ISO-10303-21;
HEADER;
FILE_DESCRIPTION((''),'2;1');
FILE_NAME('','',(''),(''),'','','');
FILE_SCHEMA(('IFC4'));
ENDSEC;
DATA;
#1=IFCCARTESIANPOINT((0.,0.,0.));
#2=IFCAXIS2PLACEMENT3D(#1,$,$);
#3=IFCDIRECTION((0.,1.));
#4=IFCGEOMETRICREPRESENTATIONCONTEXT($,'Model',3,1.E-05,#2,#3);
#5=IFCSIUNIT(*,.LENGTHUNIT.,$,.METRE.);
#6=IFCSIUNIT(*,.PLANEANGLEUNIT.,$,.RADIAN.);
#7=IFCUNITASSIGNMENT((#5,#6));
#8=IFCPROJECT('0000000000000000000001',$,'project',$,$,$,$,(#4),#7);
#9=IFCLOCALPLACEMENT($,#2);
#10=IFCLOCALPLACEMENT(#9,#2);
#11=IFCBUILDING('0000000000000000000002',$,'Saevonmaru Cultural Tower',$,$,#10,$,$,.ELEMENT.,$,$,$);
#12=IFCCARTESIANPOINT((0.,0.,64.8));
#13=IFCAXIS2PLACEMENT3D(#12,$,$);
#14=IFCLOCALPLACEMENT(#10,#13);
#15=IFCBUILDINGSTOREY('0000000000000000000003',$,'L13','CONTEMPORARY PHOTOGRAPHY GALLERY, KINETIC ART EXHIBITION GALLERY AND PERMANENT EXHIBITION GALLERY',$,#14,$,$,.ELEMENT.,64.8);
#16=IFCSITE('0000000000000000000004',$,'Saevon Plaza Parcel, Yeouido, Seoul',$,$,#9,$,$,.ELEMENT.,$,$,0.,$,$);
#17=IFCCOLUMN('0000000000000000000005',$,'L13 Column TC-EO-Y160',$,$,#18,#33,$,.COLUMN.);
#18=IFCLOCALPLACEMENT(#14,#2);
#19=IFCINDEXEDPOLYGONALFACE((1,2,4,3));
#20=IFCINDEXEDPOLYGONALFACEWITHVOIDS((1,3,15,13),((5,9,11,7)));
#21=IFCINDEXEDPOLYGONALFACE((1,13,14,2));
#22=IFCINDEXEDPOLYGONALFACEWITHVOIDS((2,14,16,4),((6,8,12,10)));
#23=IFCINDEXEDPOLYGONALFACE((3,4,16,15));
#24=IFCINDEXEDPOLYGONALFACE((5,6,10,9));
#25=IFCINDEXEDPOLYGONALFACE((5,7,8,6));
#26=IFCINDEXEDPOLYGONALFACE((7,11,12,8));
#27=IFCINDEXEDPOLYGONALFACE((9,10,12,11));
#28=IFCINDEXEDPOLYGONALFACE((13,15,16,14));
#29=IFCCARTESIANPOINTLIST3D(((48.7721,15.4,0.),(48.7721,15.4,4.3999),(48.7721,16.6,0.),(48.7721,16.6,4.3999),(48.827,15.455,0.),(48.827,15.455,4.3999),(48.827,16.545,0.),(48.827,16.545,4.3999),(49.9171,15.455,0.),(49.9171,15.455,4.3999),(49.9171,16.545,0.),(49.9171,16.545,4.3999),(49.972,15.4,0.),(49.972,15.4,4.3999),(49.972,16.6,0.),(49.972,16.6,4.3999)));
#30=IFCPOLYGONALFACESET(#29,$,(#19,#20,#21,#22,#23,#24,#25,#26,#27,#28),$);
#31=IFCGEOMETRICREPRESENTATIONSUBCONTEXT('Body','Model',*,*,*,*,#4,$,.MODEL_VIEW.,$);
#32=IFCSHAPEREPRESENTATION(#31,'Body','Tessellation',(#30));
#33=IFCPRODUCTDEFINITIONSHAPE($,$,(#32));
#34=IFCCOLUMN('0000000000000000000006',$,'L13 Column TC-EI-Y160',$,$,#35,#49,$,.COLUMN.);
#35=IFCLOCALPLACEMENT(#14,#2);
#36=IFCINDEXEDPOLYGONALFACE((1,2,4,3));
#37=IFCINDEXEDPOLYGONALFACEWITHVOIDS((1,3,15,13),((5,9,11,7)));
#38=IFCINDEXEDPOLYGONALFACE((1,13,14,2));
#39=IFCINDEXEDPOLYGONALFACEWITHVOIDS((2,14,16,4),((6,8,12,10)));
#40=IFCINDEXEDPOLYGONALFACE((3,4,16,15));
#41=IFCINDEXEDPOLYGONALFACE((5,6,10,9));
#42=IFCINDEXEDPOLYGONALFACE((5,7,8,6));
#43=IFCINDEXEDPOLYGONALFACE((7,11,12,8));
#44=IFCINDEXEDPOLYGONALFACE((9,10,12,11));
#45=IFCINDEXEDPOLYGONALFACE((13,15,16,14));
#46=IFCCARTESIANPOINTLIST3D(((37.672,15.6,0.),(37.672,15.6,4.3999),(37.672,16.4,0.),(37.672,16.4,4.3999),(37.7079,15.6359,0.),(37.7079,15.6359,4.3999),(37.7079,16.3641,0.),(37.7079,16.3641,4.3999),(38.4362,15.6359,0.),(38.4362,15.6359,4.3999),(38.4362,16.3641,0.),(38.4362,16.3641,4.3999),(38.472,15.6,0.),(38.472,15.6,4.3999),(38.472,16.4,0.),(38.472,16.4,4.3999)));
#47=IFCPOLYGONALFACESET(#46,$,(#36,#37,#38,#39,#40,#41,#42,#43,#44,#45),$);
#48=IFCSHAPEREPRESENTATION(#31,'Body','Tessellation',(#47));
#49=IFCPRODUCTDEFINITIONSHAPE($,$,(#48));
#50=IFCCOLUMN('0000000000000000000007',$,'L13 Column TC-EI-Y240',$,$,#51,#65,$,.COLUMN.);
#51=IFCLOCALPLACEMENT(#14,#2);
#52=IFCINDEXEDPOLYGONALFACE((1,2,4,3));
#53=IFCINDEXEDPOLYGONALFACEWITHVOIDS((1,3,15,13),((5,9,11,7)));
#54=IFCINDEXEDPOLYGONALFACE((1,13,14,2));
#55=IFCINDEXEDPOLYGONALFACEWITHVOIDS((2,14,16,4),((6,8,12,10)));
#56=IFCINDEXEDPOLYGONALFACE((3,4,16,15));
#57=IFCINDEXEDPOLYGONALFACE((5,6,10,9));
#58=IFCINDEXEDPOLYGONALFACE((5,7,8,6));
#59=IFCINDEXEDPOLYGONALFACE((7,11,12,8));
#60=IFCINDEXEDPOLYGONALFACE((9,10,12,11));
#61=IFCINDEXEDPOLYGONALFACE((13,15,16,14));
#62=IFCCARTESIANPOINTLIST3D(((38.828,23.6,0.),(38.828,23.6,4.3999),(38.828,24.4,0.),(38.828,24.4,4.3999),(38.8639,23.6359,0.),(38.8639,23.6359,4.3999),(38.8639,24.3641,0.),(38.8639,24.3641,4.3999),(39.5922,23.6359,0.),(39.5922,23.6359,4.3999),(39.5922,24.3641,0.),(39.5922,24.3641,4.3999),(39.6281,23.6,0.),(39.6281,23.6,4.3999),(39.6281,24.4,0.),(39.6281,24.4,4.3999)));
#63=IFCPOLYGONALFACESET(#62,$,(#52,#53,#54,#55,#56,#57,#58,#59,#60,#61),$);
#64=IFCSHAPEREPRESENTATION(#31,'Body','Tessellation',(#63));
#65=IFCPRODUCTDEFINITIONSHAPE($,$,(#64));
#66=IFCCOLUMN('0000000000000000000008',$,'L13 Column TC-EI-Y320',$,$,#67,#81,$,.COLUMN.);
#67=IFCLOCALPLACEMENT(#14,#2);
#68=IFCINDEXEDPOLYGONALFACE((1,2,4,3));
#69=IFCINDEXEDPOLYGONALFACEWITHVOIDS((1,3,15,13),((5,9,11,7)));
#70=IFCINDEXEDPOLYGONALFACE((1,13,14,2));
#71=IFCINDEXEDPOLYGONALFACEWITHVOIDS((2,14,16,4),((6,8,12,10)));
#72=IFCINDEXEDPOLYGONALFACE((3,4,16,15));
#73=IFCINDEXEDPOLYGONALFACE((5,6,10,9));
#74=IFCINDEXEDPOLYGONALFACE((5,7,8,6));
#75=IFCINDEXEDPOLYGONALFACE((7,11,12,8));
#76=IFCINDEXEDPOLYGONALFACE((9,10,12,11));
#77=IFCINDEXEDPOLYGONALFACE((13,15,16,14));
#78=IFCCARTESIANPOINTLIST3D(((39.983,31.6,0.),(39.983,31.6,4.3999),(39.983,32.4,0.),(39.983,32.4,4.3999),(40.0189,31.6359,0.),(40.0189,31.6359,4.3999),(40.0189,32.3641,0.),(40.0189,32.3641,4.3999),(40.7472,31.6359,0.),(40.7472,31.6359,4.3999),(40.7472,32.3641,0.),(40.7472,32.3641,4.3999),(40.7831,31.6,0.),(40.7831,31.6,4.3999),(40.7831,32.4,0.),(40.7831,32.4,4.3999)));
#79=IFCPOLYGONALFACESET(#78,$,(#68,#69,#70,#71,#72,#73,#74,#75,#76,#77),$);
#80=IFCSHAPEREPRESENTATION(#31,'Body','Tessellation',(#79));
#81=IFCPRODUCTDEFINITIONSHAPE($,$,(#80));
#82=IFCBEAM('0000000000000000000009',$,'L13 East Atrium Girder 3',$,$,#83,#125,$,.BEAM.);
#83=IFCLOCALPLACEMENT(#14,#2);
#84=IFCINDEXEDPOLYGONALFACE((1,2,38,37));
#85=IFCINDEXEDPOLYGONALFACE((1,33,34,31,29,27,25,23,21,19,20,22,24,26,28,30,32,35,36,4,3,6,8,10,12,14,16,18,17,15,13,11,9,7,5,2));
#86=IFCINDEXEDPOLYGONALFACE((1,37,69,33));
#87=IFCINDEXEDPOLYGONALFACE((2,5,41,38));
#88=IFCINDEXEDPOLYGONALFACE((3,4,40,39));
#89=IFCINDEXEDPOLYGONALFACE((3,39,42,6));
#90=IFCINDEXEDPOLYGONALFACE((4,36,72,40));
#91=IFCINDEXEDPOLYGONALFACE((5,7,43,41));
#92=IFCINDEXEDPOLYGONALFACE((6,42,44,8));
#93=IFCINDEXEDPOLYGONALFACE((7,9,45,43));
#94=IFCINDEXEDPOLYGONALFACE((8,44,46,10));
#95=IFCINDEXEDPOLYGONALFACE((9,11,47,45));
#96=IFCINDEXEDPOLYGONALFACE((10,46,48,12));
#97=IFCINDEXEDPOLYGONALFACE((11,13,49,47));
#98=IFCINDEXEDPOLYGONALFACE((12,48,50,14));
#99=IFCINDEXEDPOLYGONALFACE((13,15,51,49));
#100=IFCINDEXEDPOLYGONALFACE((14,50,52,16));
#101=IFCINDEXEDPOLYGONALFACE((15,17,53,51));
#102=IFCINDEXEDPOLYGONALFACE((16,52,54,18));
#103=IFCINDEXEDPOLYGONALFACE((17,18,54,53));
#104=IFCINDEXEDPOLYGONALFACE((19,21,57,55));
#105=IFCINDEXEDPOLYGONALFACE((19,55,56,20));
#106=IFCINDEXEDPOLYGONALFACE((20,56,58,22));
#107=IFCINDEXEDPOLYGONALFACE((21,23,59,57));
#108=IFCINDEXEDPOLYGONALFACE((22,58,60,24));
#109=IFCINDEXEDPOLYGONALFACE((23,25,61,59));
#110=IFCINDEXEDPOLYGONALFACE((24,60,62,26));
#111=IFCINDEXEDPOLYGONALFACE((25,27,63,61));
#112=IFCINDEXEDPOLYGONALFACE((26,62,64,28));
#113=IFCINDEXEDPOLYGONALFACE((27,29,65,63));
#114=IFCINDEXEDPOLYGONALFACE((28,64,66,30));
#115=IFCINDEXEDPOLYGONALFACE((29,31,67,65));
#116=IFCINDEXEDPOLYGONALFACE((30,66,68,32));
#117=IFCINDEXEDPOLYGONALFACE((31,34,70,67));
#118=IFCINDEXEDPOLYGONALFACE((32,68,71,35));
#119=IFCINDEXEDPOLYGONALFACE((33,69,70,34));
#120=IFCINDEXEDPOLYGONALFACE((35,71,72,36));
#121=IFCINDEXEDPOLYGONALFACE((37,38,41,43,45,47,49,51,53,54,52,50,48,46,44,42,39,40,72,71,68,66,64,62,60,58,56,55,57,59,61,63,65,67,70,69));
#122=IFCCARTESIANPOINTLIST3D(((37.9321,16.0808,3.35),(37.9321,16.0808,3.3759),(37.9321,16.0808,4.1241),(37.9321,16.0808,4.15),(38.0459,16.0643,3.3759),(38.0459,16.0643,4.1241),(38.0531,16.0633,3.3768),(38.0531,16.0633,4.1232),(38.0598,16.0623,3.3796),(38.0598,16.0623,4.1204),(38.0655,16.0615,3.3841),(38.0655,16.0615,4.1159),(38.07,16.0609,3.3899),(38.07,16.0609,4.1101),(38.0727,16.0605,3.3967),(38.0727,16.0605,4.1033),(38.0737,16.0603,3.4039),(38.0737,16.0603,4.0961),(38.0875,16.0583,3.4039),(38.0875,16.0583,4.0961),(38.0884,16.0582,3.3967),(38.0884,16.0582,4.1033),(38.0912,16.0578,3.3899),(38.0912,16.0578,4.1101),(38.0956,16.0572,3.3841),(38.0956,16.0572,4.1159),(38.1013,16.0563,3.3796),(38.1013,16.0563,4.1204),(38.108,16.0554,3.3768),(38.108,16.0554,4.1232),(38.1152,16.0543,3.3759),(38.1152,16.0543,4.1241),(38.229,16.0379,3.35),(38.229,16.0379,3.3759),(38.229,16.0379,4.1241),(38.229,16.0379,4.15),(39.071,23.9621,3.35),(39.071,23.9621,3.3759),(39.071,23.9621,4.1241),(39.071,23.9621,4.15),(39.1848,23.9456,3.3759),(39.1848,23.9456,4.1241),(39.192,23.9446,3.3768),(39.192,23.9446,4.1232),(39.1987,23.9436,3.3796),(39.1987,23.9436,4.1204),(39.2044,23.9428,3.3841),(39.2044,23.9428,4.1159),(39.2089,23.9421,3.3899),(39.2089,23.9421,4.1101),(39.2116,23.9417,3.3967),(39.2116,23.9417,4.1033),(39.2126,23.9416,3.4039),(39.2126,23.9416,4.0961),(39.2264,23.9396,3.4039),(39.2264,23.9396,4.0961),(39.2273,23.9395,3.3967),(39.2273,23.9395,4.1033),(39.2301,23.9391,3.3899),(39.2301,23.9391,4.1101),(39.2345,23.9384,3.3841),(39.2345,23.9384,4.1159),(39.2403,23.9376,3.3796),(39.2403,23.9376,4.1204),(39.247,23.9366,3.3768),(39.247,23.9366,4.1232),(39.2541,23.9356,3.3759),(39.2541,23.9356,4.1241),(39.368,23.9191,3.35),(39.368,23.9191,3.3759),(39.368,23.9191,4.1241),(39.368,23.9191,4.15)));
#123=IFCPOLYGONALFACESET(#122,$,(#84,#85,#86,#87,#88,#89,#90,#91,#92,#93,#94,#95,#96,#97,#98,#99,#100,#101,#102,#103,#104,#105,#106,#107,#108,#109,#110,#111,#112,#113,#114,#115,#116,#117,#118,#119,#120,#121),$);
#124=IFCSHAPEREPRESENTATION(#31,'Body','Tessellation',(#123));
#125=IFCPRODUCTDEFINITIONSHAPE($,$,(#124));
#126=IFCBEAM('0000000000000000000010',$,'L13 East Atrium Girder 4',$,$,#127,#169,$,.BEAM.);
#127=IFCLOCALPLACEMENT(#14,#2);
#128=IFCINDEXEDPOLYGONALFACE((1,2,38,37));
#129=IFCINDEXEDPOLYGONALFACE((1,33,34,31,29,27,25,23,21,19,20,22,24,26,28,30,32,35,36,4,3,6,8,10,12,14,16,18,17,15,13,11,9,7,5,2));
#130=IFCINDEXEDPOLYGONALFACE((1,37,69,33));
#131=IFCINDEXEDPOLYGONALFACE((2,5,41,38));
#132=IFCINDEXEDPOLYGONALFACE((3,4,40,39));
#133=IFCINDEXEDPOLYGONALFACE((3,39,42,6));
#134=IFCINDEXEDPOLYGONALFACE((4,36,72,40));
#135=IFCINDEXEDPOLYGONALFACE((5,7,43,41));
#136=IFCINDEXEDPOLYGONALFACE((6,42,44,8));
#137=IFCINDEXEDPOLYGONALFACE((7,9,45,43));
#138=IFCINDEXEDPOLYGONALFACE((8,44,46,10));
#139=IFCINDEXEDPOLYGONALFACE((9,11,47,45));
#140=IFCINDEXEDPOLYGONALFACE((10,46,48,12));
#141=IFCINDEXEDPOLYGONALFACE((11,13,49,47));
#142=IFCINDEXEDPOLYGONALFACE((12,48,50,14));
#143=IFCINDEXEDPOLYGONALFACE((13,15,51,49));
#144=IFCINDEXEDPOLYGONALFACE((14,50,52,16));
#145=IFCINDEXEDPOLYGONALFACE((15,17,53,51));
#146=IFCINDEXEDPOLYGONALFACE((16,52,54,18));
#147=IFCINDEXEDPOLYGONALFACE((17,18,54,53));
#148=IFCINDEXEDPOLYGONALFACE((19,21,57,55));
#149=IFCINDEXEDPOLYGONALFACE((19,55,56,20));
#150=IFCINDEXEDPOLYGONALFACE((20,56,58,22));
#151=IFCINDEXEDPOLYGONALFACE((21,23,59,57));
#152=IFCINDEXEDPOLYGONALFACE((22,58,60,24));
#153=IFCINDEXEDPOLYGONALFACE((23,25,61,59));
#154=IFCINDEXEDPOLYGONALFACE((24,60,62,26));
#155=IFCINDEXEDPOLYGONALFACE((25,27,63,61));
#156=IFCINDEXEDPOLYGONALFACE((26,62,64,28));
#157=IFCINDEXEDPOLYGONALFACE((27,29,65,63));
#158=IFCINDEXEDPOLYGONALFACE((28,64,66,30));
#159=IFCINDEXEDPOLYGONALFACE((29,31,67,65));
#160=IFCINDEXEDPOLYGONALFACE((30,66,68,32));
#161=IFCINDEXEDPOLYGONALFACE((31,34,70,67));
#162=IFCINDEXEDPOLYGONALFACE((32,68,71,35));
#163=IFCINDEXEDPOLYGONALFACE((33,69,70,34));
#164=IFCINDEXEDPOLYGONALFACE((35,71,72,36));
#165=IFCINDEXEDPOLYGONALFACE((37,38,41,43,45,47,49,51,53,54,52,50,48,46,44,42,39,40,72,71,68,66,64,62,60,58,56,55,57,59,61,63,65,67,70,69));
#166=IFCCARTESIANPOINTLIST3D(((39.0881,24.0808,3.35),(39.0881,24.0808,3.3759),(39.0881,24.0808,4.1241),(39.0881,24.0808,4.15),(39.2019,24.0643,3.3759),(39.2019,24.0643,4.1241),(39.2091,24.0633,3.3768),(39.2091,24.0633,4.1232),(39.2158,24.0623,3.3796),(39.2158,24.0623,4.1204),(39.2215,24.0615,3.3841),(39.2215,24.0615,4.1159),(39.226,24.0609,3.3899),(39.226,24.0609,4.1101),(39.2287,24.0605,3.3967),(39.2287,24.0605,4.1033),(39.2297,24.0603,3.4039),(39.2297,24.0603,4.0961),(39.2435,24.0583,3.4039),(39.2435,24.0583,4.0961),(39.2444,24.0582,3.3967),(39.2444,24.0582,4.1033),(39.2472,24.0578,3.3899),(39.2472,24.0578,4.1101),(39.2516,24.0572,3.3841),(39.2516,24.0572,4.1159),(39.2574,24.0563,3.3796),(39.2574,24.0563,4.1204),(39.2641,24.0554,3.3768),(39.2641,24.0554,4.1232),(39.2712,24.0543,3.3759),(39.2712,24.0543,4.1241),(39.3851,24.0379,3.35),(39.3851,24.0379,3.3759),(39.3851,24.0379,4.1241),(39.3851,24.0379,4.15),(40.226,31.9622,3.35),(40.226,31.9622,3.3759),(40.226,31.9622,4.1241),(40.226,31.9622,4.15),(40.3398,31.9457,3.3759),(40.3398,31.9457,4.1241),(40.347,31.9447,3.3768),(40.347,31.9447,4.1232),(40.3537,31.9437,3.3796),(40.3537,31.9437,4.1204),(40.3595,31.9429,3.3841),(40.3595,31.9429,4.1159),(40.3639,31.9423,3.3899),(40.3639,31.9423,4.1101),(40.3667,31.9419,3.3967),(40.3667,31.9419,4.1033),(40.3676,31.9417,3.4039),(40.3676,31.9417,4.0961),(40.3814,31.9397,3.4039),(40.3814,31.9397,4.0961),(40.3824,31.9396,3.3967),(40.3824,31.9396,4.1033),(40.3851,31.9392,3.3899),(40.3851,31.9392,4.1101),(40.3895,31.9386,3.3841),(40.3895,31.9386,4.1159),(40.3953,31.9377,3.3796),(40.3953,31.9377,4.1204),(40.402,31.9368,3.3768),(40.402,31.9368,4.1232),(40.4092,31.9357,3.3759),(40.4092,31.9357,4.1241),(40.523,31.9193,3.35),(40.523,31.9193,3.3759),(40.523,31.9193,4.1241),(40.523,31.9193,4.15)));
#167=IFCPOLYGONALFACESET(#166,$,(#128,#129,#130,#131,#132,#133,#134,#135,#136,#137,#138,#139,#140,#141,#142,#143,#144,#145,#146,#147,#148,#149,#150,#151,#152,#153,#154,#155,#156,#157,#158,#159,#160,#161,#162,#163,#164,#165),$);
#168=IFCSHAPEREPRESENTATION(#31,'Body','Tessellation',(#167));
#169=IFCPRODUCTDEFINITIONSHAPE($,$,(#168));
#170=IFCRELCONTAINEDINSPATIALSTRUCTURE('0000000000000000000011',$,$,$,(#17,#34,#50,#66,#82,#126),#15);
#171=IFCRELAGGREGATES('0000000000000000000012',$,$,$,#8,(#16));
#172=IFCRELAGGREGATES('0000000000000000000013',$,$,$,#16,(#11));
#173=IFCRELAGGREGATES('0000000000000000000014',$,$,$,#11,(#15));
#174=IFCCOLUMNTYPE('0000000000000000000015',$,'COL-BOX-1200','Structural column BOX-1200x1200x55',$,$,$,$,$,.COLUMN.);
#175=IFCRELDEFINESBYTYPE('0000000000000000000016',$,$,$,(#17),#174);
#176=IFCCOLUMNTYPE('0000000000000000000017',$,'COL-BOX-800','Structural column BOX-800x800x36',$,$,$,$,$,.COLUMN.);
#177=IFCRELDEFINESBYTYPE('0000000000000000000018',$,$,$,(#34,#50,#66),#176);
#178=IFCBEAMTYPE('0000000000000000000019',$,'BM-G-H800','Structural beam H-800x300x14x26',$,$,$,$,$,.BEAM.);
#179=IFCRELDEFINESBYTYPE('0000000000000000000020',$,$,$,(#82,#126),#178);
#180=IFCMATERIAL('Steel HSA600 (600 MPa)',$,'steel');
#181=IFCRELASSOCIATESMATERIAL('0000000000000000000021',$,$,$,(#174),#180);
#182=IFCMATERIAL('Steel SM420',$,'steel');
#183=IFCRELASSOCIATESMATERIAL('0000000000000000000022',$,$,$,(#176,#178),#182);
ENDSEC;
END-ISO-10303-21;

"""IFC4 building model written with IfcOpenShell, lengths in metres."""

from ifc_helpers import new_model, si_unit, direction, frame, origin, origin_2d, place, context, subcontext, project, spatial, hollow_rectangle, i_section, extrude, material, material_profile, profile_set, type_object, element, save


model = new_model("IFC4")

# Units and contexts
model_context = context("Model", 3, precision=1e-05, world=origin(), true_north=direction((0.0, 1.0)))
body_context = subcontext(model_context, "Body", "Model", "MODEL_VIEW")
ifc_project = project(units=[si_unit("LENGTHUNIT", "METRE"), si_unit("PLANEANGLEUNIT", "RADIAN")], contexts=[model_context])

# Site, building, storey
site_placement = place(None, origin())
site = spatial("IfcSite", under=ifc_project, at=site_placement, Name="Saevon Plaza Parcel, Yeouido, Seoul", CompositionType="ELEMENT", RefElevation=0.0)
building_placement = place(site_placement, origin())
building = spatial("IfcBuilding", under=site, at=building_placement, Name="Saevonmaru Cultural Tower", CompositionType="ELEMENT")
storey_placement = place(building_placement, frame((0.0, 0.0, 64.8)))
storey = spatial("IfcBuildingStorey", under=building, at=storey_placement, Name="L13", Description="CONTEMPORARY PHOTOGRAPHY GALLERY, KINETIC ART EXHIBITION GALLERY AND PERMANENT EXHIBITION GALLERY", CompositionType="ELEMENT", Elevation=64.8)

# Columns
ifc_material_1 = material(Name="Steel HSA600 (600 MPa)", Category="steel")
ifc_material_profile_1 = material_profile(ifc_material_1, hollow_rectangle(XDim=1.2, YDim=1.2, WallThickness=0.0549, at=origin_2d()), Name="BOX-1200x1200x55")
ifc_profile_set_1 = profile_set([ifc_material_profile_1], Name="Steel HSA600 (600 MPa)")
column_type_1 = type_object("IfcColumnType", Name="COL-BOX-1200", Description="Structural column BOX-1200x1200x55", PredefinedType="COLUMN", material=ifc_profile_set_1)
column_placement = place(storey_placement, frame((49.3721, 16.0, 0.0), z_axis=(0.0, 0.0, 1.0), x_axis=(1.0, 0.0, 0.0)))
element("IfcColumn", 1, at=column_placement, inside=storey, type_object=column_type_1, Name="L13 Column TC-EO-Y160", PredefinedType="COLUMN", context=body_context, shape_type="SweptSolid", body=[
    extrude(hollow_rectangle(XDim=1.2, YDim=1.2, WallThickness=0.0549, at=origin_2d()), origin(), (0.0, 0.0, 1.0), 4.3999),
])
ifc_material_2 = material(Name="Steel SM420", Category="steel")
ifc_material_profile_2 = material_profile(ifc_material_2, hollow_rectangle(XDim=0.8, YDim=0.8, WallThickness=0.0359, at=origin_2d()), Name="BOX-800x800x36")
ifc_profile_set_2 = profile_set([ifc_material_profile_2], Name="Steel SM420")
column_type_2 = type_object("IfcColumnType", Name="COL-BOX-800", Description="Structural column BOX-800x800x36", PredefinedType="COLUMN", material=ifc_profile_set_2)
for number, where, z_axis, x_axis, name in (
    (2, (38.072, 16.0, 0.0), (0.0, 0.0, 1.0), (1.0, 0.0, 0.0), "L13 Column TC-EI-Y160"),
    (3, (39.228, 24.0, 0.0), (0.0, 0.0, 1.0), (1.0, 0.0, 0.0), "L13 Column TC-EI-Y240"),
    (4, (40.3831, 32.0, 0.0), (0.0, 0.0, 1.0), (1.0, 0.0, 0.0), "L13 Column TC-EI-Y320"),
):
    element("IfcColumn", number, at=place(storey_placement, frame(where, z_axis=z_axis, x_axis=x_axis)), inside=storey, type_object=column_type_2, Name=name, PredefinedType="COLUMN", context=body_context, shape_type="SweptSolid", body=[
        extrude(hollow_rectangle(XDim=0.8, YDim=0.8, WallThickness=0.0359, at=origin_2d()), origin(), (0.0, 0.0, 1.0), 4.3999),
    ])

# Beams
ifc_material_profile_3 = material_profile(ifc_material_2, i_section(OverallWidth=0.3, OverallDepth=0.8, WebThickness=0.0139, FlangeThickness=0.0259, FilletRadius=0.0281, at=origin_2d()), Name="H-800x300x14x26")
ifc_profile_set_3 = profile_set([ifc_material_profile_3], Name="Steel SM420")
beam_type_1 = type_object("IfcBeamType", Name="BM-G-H800", Description="Structural beam H-800x300x14x26", PredefinedType="BEAM", material=ifc_profile_set_3)
for number, where, z_axis, x_axis, name in (
    (5, (38.0806, 16.0593, 3.75), (0.143022, 0.989719, 0.0), (-0.989719, 0.143022, 0.0), "L13 East Atrium Girder 3"),
    (6, (39.2366, 24.0593, 3.75), (0.142902, 0.989737, 0.0), (-0.989737, 0.142902, 0.0), "L13 East Atrium Girder 4"),
):
    element("IfcBeam", number, at=place(storey_placement, frame(where, z_axis=z_axis, x_axis=x_axis)), inside=storey, type_object=beam_type_1, Name=name, PredefinedType="BEAM", context=body_context, shape_type="SweptSolid", body=[
        extrude(i_section(OverallWidth=0.3, OverallDepth=0.8, WebThickness=0.0139, FlangeThickness=0.0259, FilletRadius=0.0281, at=origin_2d()), origin(), (0.0, 0.0, 1.0), 7.9631),
    ])

save(model, "model.ifc")
